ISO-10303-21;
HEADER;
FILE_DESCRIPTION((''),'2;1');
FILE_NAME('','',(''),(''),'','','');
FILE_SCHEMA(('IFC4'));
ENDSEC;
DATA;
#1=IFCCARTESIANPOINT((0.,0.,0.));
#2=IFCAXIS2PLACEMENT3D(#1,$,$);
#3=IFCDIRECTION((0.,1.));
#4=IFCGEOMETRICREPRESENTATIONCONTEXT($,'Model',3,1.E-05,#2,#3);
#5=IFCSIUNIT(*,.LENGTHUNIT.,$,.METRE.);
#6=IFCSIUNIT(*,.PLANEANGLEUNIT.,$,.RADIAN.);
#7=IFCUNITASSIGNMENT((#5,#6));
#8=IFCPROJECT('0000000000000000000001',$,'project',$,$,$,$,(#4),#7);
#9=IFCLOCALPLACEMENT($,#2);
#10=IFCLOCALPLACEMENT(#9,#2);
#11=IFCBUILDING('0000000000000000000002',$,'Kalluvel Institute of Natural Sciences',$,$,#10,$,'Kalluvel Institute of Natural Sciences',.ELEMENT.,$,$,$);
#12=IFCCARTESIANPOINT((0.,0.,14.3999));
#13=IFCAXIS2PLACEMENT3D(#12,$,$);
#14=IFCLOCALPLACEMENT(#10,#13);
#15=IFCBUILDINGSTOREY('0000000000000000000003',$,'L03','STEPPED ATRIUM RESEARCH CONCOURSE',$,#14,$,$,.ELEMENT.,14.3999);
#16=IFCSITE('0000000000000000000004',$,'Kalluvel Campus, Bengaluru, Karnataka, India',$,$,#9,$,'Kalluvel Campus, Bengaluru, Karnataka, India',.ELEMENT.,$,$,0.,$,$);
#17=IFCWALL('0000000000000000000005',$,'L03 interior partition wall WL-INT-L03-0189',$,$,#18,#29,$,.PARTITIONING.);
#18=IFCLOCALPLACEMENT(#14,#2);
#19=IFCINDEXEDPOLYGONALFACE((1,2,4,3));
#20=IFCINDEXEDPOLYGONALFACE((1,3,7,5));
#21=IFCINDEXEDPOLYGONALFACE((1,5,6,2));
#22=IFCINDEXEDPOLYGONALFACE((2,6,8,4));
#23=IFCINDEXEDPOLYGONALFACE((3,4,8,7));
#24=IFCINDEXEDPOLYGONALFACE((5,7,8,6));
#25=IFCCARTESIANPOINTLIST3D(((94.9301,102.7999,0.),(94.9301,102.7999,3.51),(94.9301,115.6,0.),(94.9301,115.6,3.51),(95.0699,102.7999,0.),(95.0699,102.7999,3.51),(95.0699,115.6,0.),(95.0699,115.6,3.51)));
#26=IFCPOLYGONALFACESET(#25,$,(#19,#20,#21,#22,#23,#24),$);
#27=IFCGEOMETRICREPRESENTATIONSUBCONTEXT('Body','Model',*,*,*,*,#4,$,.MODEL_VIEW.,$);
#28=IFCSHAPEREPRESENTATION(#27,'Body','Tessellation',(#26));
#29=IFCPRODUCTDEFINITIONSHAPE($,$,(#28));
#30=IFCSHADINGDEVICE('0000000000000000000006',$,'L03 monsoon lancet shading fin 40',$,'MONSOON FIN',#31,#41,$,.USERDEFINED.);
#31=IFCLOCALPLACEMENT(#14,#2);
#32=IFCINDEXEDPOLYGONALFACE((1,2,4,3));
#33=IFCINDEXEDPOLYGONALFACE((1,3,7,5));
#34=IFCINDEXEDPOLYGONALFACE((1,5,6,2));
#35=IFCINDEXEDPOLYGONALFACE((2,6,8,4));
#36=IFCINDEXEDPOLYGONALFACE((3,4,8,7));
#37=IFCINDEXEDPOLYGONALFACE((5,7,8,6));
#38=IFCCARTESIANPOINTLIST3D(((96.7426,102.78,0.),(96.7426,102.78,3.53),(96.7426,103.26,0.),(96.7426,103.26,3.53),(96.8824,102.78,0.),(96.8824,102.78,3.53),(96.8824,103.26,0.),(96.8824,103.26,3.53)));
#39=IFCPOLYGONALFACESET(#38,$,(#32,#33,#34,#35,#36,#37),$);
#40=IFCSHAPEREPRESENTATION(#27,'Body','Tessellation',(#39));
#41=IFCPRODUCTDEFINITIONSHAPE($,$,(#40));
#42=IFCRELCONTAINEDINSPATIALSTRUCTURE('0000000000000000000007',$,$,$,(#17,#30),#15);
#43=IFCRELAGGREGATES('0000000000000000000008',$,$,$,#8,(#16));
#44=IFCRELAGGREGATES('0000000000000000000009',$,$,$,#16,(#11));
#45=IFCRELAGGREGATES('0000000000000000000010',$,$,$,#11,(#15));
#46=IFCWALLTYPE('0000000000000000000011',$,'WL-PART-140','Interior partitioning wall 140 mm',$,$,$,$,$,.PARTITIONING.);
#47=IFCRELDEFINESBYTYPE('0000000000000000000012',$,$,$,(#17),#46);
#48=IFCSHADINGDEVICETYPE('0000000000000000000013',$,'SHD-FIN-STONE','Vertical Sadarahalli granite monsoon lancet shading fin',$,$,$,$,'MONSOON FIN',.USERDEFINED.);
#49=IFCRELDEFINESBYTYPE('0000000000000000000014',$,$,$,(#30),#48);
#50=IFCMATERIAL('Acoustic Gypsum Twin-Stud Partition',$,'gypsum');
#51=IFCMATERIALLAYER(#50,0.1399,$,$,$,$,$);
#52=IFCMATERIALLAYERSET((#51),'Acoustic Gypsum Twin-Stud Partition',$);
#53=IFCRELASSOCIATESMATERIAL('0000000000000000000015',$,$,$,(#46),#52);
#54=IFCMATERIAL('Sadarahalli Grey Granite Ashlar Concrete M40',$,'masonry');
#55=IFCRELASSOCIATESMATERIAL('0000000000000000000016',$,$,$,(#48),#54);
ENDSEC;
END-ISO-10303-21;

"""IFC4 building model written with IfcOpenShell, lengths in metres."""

from ifc_helpers import new_model, si_unit, direction, frame, frame_2d, origin, origin_2d, place, context, subcontext, project, spatial, rectangle, extrude, material, layer, layer_set, type_object, element, save


model = new_model("IFC4")

# Units and contexts
model_context = context("Model", 3, precision=1e-05, world=origin(), true_north=direction((0.0, 1.0)))
body_context = subcontext(model_context, "Body", "Model", "MODEL_VIEW")
ifc_project = project(units=[si_unit("LENGTHUNIT", "METRE"), si_unit("PLANEANGLEUNIT", "RADIAN")], contexts=[model_context])

# Site, building, storey
site_placement = place(None, origin())
site = spatial("IfcSite", under=ifc_project, at=site_placement, Name="Kalluvel Campus, Bengaluru, Karnataka, India", LongName="Kalluvel Campus, Bengaluru, Karnataka, India", CompositionType="ELEMENT", RefElevation=0.0)
building_placement = place(site_placement, origin())
building = spatial("IfcBuilding", under=site, at=building_placement, Name="Kalluvel Institute of Natural Sciences", LongName="Kalluvel Institute of Natural Sciences", CompositionType="ELEMENT")
storey_placement = place(building_placement, frame((0.0, 0.0, 14.3999)))
storey = spatial("IfcBuildingStorey", under=building, at=storey_placement, Name="L03", Description="STEPPED ATRIUM RESEARCH CONCOURSE", CompositionType="ELEMENT", Elevation=14.3999)

# Wall
ifc_material_1 = material(Name="Acoustic Gypsum Twin-Stud Partition", Category="gypsum")
ifc_layer_1 = layer(ifc_material_1, 0.1399)
ifc_layer_set_1 = layer_set([ifc_layer_1], Name="Acoustic Gypsum Twin-Stud Partition")
wall_type = type_object("IfcWallType", Name="WL-PART-140", Description="Interior partitioning wall 140 mm", PredefinedType="PARTITIONING", material=ifc_layer_set_1)
wall_placement = place(storey_placement, frame((95.0, 102.8, 0.0), z_axis=(0.0, 0.0, 1.0), x_axis=(0.0, 1.0, 0.0)))
element("IfcWall", 1, at=wall_placement, inside=storey, type_object=wall_type, Name="L03 interior partition wall WL-INT-L03-0189", PredefinedType="PARTITIONING", context=body_context, shape_type="SweptSolid", body=[
    extrude(rectangle(XDim=12.8, YDim=0.1399, at=frame_2d((6.3999, 0.0))), origin(), (0.0, 0.0, 1.0), 3.51),
])

# Shading device
ifc_material_2 = material(Name="Sadarahalli Grey Granite Ashlar Concrete M40", Category="masonry")
shading_device_type = type_object("IfcShadingDeviceType", Name="SHD-FIN-STONE", Description="Vertical Sadarahalli granite monsoon lancet shading fin", ElementType="MONSOON FIN", PredefinedType="USERDEFINED", material=ifc_material_2)
shading_device_placement = place(storey_placement, frame((96.8125, 103.02, 0.0), z_axis=(0.0, 0.0, 1.0), x_axis=(1.0, 0.0, 0.0)))
element("IfcShadingDevice", 2, at=shading_device_placement, inside=storey, type_object=shading_device_type, Name="L03 monsoon lancet shading fin 40", ObjectType="MONSOON FIN", PredefinedType="USERDEFINED", context=body_context, shape_type="SweptSolid", body=[
    extrude(rectangle(XDim=0.1399, YDim=0.48, at=origin_2d()), origin(), (0.0, 0.0, 1.0), 3.53),
])

save(model, "model.ifc")
